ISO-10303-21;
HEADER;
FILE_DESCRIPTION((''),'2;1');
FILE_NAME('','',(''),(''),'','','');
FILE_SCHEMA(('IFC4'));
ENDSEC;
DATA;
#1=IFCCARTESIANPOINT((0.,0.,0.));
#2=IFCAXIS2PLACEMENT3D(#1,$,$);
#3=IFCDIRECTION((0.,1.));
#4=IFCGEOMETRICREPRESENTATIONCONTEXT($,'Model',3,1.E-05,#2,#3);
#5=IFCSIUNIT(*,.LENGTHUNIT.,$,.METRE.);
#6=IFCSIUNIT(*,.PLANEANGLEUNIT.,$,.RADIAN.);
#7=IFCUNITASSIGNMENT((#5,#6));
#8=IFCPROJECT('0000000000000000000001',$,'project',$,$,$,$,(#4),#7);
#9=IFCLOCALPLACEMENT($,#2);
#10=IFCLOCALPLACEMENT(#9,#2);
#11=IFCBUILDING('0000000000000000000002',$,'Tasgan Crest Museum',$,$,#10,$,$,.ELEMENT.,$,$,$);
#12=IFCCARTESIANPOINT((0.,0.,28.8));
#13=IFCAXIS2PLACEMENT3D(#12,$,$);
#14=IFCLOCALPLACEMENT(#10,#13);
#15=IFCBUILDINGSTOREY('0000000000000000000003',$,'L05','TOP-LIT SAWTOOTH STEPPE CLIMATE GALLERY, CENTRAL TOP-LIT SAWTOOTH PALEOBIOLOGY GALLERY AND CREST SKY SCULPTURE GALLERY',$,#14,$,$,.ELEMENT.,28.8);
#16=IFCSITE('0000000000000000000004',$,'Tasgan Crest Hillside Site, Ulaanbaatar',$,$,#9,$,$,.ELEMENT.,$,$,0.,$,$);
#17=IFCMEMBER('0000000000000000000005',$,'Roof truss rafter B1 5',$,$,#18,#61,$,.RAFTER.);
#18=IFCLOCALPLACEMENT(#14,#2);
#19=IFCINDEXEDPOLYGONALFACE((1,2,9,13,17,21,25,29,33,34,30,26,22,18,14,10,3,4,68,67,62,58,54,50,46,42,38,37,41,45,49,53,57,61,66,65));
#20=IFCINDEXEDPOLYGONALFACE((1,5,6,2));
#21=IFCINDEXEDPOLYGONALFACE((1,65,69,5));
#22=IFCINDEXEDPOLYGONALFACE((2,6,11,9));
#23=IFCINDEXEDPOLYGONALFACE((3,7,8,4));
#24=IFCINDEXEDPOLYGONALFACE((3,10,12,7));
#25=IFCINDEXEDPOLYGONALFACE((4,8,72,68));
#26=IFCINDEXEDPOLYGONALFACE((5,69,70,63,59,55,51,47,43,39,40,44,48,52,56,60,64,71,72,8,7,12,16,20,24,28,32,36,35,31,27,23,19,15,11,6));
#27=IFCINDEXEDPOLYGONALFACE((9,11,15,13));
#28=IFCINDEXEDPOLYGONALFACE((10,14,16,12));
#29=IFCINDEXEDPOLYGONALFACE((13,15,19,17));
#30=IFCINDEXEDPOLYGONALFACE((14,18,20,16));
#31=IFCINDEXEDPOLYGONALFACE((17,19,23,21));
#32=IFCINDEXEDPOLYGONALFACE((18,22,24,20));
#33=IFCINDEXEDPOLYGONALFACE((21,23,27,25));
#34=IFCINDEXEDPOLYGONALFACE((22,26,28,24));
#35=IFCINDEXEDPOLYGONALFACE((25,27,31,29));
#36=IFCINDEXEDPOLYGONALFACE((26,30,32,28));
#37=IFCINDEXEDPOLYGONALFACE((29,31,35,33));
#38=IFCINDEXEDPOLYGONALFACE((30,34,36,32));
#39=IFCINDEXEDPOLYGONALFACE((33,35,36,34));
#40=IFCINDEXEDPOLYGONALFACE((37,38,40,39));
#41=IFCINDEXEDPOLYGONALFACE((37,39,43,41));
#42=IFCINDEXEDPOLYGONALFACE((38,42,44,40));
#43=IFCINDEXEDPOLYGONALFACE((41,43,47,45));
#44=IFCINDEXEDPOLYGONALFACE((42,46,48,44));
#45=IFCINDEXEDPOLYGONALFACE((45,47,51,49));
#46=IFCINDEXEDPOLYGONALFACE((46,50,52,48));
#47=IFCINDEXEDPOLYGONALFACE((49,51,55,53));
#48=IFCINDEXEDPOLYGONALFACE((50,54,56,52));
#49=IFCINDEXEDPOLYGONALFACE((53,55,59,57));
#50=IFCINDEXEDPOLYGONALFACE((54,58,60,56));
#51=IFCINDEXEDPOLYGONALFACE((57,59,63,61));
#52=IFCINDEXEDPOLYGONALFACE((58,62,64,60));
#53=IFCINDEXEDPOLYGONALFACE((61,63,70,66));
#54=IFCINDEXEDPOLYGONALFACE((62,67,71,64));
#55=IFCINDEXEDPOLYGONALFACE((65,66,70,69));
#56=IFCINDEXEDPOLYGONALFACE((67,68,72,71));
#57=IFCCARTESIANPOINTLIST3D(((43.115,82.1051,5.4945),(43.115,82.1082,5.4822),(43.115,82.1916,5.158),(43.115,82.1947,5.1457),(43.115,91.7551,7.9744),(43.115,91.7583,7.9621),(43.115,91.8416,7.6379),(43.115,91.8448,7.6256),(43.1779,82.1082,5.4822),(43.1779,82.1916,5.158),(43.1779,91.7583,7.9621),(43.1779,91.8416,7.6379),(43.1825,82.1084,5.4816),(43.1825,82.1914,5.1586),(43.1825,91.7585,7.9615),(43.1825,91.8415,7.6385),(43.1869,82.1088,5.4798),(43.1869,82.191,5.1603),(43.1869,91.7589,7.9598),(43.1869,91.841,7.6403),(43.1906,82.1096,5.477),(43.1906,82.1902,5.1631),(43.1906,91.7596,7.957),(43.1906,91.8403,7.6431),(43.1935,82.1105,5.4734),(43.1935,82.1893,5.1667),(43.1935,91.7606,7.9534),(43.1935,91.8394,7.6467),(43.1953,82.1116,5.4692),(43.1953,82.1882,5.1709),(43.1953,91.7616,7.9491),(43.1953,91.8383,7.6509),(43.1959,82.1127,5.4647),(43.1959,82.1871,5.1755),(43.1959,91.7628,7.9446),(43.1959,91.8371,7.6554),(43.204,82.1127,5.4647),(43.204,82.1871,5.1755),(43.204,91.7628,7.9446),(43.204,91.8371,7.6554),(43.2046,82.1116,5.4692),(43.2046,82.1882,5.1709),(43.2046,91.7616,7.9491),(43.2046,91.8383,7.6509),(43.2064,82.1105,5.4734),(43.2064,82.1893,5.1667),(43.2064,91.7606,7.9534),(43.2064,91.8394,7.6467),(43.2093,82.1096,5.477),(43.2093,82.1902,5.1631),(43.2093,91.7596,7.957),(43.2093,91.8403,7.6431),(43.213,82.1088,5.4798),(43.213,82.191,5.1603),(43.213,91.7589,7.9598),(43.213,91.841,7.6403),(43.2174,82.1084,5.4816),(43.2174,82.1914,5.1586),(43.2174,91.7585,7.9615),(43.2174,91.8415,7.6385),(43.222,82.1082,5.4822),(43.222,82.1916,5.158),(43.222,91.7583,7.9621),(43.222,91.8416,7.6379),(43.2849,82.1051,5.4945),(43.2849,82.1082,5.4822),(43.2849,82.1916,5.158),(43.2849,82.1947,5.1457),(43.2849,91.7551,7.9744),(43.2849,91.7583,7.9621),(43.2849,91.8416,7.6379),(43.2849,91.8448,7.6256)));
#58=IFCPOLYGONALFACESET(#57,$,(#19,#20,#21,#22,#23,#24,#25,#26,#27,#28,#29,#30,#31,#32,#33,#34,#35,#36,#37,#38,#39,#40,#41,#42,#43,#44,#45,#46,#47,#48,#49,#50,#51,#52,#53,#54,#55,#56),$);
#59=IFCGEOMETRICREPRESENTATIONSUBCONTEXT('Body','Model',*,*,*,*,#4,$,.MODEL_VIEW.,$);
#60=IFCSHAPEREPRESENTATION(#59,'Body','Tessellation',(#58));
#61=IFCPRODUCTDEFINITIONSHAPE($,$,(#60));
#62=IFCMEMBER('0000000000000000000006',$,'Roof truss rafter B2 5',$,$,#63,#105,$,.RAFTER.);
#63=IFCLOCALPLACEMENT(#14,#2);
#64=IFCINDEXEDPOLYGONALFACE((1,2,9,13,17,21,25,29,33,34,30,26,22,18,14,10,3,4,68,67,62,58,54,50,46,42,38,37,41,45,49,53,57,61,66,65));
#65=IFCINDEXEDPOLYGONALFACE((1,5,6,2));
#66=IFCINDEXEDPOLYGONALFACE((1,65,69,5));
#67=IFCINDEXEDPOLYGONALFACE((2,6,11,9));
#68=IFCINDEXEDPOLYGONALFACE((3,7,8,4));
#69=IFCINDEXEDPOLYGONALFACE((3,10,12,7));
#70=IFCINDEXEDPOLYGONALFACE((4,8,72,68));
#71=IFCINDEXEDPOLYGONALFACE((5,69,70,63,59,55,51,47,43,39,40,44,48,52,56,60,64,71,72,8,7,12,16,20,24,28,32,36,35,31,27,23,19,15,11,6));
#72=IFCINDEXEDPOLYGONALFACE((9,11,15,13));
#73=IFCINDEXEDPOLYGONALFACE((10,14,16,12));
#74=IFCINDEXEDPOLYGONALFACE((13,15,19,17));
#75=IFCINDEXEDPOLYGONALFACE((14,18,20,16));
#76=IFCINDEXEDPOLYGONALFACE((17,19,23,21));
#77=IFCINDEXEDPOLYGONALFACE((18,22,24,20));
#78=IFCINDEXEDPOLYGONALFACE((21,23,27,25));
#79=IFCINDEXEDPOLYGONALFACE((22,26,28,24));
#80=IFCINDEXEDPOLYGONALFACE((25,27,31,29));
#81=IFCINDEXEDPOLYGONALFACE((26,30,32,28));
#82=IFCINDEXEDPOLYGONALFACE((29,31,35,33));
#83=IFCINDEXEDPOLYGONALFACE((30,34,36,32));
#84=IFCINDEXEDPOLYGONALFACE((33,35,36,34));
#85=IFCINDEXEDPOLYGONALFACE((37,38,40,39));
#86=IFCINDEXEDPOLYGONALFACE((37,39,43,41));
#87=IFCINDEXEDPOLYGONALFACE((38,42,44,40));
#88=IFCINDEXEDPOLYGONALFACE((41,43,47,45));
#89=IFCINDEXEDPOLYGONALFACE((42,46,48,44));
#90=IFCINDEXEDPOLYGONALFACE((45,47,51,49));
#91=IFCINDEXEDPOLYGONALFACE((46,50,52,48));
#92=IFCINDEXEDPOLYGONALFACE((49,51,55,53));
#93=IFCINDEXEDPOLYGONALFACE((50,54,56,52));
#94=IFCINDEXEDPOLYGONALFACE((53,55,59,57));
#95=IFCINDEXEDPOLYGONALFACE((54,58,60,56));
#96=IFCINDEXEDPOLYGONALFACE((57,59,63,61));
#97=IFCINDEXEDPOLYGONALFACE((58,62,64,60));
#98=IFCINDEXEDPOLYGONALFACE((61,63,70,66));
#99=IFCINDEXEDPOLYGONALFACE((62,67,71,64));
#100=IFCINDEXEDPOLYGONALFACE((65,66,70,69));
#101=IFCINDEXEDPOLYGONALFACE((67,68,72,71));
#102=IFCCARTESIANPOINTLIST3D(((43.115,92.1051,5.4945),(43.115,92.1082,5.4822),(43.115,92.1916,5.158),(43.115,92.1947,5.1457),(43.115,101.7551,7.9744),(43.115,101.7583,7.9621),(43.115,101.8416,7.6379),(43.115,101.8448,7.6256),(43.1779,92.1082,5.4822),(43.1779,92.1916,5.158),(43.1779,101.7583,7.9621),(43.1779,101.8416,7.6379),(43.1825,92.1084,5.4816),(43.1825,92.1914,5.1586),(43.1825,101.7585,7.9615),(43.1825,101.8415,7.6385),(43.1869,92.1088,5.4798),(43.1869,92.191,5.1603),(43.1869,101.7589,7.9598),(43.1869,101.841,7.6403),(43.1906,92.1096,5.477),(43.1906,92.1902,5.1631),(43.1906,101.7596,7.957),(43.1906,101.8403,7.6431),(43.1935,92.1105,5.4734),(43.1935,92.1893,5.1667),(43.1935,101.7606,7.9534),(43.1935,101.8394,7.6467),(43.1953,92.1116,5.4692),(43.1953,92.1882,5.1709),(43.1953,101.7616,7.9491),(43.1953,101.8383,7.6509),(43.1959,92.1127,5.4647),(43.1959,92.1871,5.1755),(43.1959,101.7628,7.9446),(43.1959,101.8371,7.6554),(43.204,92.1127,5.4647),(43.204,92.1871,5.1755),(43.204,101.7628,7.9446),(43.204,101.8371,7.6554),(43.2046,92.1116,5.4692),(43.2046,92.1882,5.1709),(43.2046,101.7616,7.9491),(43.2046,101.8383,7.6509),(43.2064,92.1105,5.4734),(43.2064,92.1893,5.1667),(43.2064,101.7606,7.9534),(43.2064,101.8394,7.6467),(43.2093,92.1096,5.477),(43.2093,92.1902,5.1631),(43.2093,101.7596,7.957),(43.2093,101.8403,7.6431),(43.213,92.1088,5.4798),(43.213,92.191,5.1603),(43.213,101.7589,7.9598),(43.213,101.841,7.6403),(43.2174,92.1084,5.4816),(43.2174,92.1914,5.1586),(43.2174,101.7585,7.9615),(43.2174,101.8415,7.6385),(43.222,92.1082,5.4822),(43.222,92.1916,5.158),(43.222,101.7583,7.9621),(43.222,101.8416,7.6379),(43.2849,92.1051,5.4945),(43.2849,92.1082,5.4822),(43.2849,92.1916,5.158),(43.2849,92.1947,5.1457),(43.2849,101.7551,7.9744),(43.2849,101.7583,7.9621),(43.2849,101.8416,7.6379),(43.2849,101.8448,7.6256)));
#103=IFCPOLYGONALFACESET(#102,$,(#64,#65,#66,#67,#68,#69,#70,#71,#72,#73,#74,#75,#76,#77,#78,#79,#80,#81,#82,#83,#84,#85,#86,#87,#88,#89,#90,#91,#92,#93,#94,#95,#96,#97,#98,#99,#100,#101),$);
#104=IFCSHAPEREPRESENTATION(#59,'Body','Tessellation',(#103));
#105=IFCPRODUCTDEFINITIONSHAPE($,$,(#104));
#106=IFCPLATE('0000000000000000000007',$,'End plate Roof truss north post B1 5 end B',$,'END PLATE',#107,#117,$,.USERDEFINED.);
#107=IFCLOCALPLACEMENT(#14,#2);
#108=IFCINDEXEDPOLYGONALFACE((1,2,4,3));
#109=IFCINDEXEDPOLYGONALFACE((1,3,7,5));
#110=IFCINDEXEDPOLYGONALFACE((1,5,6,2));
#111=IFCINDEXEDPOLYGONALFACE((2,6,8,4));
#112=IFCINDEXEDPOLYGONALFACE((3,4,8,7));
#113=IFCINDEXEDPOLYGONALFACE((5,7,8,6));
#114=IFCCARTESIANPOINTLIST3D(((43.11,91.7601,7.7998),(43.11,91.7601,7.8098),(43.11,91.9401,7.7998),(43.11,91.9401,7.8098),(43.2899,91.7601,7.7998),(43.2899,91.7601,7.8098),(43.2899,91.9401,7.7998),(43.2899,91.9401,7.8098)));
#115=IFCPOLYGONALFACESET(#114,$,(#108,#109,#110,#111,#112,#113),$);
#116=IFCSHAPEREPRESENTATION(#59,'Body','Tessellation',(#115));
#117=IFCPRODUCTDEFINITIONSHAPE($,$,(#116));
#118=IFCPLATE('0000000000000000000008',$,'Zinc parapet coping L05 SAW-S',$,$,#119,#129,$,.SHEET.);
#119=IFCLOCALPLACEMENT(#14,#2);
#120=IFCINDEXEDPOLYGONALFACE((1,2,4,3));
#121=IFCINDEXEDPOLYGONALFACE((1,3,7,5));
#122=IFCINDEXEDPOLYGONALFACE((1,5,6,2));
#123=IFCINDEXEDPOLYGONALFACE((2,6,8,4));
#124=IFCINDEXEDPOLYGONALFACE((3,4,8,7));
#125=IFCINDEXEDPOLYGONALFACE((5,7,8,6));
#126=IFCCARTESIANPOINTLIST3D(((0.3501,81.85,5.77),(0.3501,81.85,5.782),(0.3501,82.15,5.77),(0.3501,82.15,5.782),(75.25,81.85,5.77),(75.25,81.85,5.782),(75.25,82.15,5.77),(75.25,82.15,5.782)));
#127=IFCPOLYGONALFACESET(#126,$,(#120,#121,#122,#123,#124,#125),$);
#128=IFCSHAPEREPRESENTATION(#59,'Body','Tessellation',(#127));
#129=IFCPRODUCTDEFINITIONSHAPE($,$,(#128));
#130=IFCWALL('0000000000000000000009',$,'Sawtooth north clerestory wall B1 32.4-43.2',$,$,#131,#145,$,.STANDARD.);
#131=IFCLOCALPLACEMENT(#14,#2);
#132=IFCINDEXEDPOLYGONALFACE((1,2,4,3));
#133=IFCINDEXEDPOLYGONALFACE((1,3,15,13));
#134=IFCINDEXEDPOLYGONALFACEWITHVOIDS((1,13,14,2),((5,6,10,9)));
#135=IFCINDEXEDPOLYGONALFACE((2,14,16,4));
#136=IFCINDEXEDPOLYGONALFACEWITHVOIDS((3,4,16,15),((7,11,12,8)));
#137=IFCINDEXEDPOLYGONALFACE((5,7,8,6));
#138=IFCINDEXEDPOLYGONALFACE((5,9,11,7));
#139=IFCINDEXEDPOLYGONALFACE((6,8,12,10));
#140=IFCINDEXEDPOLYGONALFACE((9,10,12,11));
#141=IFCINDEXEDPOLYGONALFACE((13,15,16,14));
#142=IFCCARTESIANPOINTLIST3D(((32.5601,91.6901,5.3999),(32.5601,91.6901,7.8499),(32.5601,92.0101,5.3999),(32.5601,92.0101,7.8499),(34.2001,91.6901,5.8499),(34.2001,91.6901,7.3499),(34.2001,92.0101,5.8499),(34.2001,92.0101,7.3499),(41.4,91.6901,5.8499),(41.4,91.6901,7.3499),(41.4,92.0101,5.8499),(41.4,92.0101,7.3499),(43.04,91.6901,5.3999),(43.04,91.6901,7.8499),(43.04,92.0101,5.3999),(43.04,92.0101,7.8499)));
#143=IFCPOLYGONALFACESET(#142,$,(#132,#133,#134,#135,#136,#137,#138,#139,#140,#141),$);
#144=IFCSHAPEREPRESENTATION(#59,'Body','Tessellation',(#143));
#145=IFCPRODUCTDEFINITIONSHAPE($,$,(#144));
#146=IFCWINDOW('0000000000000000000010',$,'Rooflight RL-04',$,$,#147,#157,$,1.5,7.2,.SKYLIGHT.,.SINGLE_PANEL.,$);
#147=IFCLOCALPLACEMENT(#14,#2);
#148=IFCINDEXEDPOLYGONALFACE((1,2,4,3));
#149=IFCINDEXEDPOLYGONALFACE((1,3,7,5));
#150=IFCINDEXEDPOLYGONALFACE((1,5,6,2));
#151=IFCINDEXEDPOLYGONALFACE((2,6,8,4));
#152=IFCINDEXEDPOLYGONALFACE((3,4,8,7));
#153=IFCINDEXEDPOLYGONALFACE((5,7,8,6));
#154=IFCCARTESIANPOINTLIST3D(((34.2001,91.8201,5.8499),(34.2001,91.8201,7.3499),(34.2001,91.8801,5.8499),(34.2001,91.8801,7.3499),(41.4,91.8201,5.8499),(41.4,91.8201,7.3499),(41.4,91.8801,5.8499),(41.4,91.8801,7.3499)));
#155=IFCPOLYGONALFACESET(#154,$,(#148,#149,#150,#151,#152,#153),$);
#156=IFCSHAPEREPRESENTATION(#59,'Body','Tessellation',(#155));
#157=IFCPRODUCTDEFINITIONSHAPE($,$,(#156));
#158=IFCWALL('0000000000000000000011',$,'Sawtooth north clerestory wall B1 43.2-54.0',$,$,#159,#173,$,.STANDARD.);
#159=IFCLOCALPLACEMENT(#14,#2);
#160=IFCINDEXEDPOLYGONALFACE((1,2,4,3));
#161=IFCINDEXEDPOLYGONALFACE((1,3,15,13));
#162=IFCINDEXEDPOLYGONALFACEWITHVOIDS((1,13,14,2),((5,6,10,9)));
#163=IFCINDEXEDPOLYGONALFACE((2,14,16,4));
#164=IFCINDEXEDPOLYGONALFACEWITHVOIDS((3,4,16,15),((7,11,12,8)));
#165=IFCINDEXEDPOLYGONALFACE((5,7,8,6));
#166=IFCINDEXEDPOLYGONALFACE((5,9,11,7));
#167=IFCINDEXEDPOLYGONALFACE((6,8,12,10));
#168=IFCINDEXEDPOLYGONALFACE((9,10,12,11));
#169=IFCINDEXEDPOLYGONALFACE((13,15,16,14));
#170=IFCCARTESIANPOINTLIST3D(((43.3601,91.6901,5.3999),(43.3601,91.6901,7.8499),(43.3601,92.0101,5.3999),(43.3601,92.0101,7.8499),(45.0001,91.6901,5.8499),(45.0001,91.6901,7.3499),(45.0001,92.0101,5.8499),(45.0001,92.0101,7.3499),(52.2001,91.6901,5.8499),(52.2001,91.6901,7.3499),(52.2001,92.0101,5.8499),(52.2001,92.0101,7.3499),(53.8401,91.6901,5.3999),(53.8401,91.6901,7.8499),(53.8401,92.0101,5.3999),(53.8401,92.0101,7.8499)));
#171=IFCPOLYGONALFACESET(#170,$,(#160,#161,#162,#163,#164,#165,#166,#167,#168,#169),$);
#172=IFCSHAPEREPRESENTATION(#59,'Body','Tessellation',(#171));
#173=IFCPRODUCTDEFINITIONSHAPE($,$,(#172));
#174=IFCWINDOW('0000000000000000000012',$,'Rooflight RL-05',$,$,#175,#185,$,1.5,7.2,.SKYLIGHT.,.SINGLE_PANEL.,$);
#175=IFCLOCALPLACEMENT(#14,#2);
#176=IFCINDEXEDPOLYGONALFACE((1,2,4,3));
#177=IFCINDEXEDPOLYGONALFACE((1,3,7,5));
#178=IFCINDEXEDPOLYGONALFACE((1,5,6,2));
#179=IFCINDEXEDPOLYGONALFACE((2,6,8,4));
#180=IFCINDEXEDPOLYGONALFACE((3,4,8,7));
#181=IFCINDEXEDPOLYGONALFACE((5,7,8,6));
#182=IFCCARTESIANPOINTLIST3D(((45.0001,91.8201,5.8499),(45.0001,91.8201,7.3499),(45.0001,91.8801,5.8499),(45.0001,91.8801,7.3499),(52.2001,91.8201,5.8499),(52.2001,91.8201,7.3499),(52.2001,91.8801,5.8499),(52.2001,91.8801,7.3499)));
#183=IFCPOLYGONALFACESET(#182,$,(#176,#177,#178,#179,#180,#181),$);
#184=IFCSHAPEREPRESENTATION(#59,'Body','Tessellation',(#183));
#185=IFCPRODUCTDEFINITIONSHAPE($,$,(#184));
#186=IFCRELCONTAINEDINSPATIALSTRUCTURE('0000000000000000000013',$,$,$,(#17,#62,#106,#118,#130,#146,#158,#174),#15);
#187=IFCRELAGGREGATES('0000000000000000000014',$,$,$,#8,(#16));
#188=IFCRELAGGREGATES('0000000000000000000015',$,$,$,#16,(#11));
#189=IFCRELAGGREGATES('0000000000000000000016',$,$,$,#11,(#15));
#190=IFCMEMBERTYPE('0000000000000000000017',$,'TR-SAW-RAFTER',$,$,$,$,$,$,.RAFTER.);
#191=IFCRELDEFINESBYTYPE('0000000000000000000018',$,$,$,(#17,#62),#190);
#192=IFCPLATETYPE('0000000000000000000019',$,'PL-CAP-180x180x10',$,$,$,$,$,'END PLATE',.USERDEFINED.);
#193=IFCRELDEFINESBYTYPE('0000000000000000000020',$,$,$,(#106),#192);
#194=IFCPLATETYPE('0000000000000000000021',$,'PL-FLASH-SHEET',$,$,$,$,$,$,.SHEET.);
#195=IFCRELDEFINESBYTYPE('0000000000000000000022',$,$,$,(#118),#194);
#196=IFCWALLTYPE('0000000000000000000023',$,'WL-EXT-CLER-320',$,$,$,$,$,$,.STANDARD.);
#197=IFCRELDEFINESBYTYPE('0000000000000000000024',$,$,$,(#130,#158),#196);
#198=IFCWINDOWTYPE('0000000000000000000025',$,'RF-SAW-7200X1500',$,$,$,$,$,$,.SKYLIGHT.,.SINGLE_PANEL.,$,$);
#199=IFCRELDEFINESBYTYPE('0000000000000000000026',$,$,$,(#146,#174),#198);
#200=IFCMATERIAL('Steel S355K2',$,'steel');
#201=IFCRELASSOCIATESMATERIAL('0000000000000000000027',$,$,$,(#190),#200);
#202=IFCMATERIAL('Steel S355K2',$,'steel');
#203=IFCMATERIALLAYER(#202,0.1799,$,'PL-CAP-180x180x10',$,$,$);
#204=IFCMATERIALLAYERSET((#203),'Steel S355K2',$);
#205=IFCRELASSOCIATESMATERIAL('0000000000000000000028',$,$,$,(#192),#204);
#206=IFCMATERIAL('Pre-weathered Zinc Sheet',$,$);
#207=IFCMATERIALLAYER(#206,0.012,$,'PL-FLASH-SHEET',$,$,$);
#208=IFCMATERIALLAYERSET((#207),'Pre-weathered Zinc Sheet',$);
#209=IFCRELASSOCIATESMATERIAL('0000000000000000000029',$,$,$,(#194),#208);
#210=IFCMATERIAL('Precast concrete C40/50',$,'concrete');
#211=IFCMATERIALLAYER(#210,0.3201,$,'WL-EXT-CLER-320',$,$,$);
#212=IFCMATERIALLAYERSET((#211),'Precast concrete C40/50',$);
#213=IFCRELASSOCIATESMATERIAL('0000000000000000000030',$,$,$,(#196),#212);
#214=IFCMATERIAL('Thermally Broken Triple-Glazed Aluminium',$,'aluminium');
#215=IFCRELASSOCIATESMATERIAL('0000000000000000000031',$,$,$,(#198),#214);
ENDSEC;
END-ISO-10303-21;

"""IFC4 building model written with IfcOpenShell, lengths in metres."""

from ifc_helpers import new_model, si_unit, direction, frame, frame_2d, origin, origin_2d, place, context, subcontext, project, spatial, rectangle, i_section, extrude, material, layer, layer_set, material_profile, profile_set, type_object, element, fill, save


model = new_model("IFC4")

# Units and contexts
model_context = context("Model", 3, precision=1e-05, world=origin(), true_north=direction((0.0, 1.0)))
body_context = subcontext(model_context, "Body", "Model", "MODEL_VIEW")
ifc_project = project(units=[si_unit("LENGTHUNIT", "METRE"), si_unit("PLANEANGLEUNIT", "RADIAN")], contexts=[model_context])

# Site, building, storey
site_placement = place(None, origin())
site = spatial("IfcSite", under=ifc_project, at=site_placement, Name="Tasgan Crest Hillside Site, Ulaanbaatar", CompositionType="ELEMENT", RefElevation=0.0)
building_placement = place(site_placement, origin())
building = spatial("IfcBuilding", under=site, at=building_placement, Name="Tasgan Crest Museum", CompositionType="ELEMENT")
storey_placement = place(building_placement, frame((0.0, 0.0, 28.8)))
storey = spatial("IfcBuildingStorey", under=building, at=storey_placement, Name="L05", Description="TOP-LIT SAWTOOTH STEPPE CLIMATE GALLERY, CENTRAL TOP-LIT SAWTOOTH PALEOBIOLOGY GALLERY AND CREST SKY SCULPTURE GALLERY", CompositionType="ELEMENT", Elevation=28.8)

# Members
ifc_material_1 = material(Name="Steel S355K2", Category="steel")
ifc_material_profile_1 = material_profile(ifc_material_1, i_section(OverallWidth=0.1699, OverallDepth=0.3601, WebThickness=0.0081, FlangeThickness=0.0127, FilletRadius=0.0181, at=origin_2d()), Name="IPE 360")
ifc_profile_set_1 = profile_set([ifc_material_profile_1], Name="Steel S355K2")
member_type_1 = type_object("IfcMemberType", Name="TR-SAW-RAFTER", PredefinedType="RAFTER", material=ifc_profile_set_1)
for number, where, z_axis, x_axis, name in (
    (1, (43.2, 82.1499, 5.3201), (0.0, 0.968529, 0.248901), (-1.0, 0.0, 0.0), "Roof truss rafter B1 5"),
    (2, (43.2, 92.1499, 5.3201), (0.0, 0.968529, 0.248901), (-1.0, 0.0, 0.0), "Roof truss rafter B2 5"),
):
    element("IfcMember", number, at=place(storey_placement, frame(where, z_axis=z_axis, x_axis=x_axis)), inside=storey, type_object=member_type_1, Name=name, PredefinedType="RAFTER", context=body_context, shape_type="SweptSolid", body=[
        extrude(i_section(OverallWidth=0.1699, OverallDepth=0.3601, WebThickness=0.0081, FlangeThickness=0.0127, FilletRadius=0.0181, at=origin_2d()), origin(), (0.0, 0.0, 1.0), 9.9636),
    ])

# Plates
ifc_material_2 = material(Name="Steel S355K2", Category="steel")
ifc_layer_1 = layer(ifc_material_2, 0.1799, Name="PL-CAP-180x180x10")
ifc_layer_set_1 = layer_set([ifc_layer_1], Name="Steel S355K2")
plate_type_1 = type_object("IfcPlateType", Name="PL-CAP-180x180x10", ElementType="END PLATE", PredefinedType="USERDEFINED", material=ifc_layer_set_1)
plate_1_placement = place(storey_placement, frame((43.2, 91.8501, 7.7998), z_axis=(0.0, 0.0, 1.0), x_axis=(1.0, 0.0, 0.0)))
element("IfcPlate", 3, at=plate_1_placement, inside=storey, type_object=plate_type_1, Name="End plate Roof truss north post B1 5 end B", ObjectType="END PLATE", PredefinedType="USERDEFINED", context=body_context, shape_type="SweptSolid", body=[
    extrude(rectangle(XDim=0.1799, YDim=0.1799, at=origin_2d()), origin(), (0.0, 0.0, 1.0), 0.01),
])
ifc_material_3 = material(Name="Pre-weathered Zinc Sheet")
ifc_layer_2 = layer(ifc_material_3, 0.012, Name="PL-FLASH-SHEET")
ifc_layer_set_2 = layer_set([ifc_layer_2], Name="Pre-weathered Zinc Sheet")
plate_type_2 = type_object("IfcPlateType", Name="PL-FLASH-SHEET", PredefinedType="SHEET", material=ifc_layer_set_2)
plate_2_placement = place(storey_placement, frame((37.8, 82.0, 5.77), z_axis=(0.0, 0.0, 1.0), x_axis=(1.0, 0.0, 0.0)))
element("IfcPlate", 4, at=plate_2_placement, inside=storey, type_object=plate_type_2, Name="Zinc parapet coping L05 SAW-S", PredefinedType="SHEET", context=body_context, shape_type="SweptSolid", body=[
    extrude(rectangle(XDim=74.8999, YDim=0.3, at=origin_2d()), origin(), (0.0, 0.0, 1.0), 0.012),
])

# Walls, openings, windows
ifc_material_4 = material(Name="Precast concrete C40/50", Category="concrete")
ifc_layer_3 = layer(ifc_material_4, 0.3201, Name="WL-EXT-CLER-320")
ifc_layer_set_3 = layer_set([ifc_layer_3], Name="Precast concrete C40/50")
wall_type_1 = type_object("IfcWallType", Name="WL-EXT-CLER-320", PredefinedType="STANDARD", material=ifc_layer_set_3)
wall_1_placement = place(storey_placement, frame((32.5601, 91.8501, 5.3999), z_axis=(0.0, 0.0, 1.0), x_axis=(1.0, 0.0, 0.0)))
wall_1 = element("IfcWall", 5, at=wall_1_placement, inside=storey, type_object=wall_type_1, Name="Sawtooth north clerestory wall B1 32.4-43.2", PredefinedType="STANDARD", context=body_context, shape_type="SweptSolid", body=[
    extrude(rectangle(XDim=10.48, YDim=0.3201, at=frame_2d((5.24, 0.0))), origin(), (0.0, 0.0, 1.0), 2.45),
])
opening_1_placement = place(wall_1_placement, frame((1.6399, 0.0, 0.45)))
opening_1 = element("IfcOpeningElement", 6, at=opening_1_placement, cuts=wall_1, PredefinedType="OPENING", context=body_context, shape_type="SweptSolid", body=[
    extrude(rectangle(XDim=7.2, YDim=1.5, at=frame_2d((3.6001, 0.75))), frame((0.0, 0.1699, 0.0), z_axis=(0.0, -1.0, 0.0), x_axis=(1.0, 0.0, 0.0)), (0.0, 0.0, 1.0), 0.3401),
])
ifc_material_5 = material(Name="Thermally Broken Triple-Glazed Aluminium", Category="aluminium")
window_type = type_object("IfcWindowType", Name="RF-SAW-7200X1500", PartitioningType="SINGLE_PANEL", PredefinedType="SKYLIGHT", material=ifc_material_5)
window_1_placement = place(opening_1_placement, origin())
window_1 = element("IfcWindow", 7, at=window_1_placement, inside=storey, type_object=window_type, Name="Rooflight RL-04", OverallHeight=1.5, OverallWidth=7.2, PartitioningType="SINGLE_PANEL", PredefinedType="SKYLIGHT", context=body_context, shape_type="SweptSolid", body=[
    extrude(rectangle(XDim=7.2, YDim=1.5, at=frame_2d((3.6001, 0.75))), frame((0.0, 0.03, 0.0), z_axis=(0.0, -1.0, 0.0), x_axis=(1.0, 0.0, 0.0)), (0.0, 0.0, 1.0), 0.0601),
])
fill(opening_1, window_1)
wall_2_placement = place(storey_placement, frame((43.3601, 91.8501, 5.3999), z_axis=(0.0, 0.0, 1.0), x_axis=(1.0, 0.0, 0.0)))
wall_2 = element("IfcWall", 8, at=wall_2_placement, inside=storey, type_object=wall_type_1, Name="Sawtooth north clerestory wall B1 43.2-54.0", PredefinedType="STANDARD", context=body_context, shape_type="SweptSolid", body=[
    extrude(rectangle(XDim=10.48, YDim=0.3201, at=frame_2d((5.24, 0.0))), origin(), (0.0, 0.0, 1.0), 2.45),
])
opening_2_placement = place(wall_2_placement, frame((1.6399, 0.0, 0.45)))
opening_2 = element("IfcOpeningElement", 9, at=opening_2_placement, cuts=wall_2, PredefinedType="OPENING", context=body_context, shape_type="SweptSolid", body=[
    extrude(rectangle(XDim=7.2, YDim=1.5, at=frame_2d((3.6001, 0.75))), frame((0.0, 0.1699, 0.0), z_axis=(0.0, -1.0, 0.0), x_axis=(1.0, 0.0, 0.0)), (0.0, 0.0, 1.0), 0.3401),
])
window_2_placement = place(opening_2_placement, origin())
window_2 = element("IfcWindow", 10, at=window_2_placement, inside=storey, type_object=window_type, Name="Rooflight RL-05", OverallHeight=1.5, OverallWidth=7.2, PartitioningType="SINGLE_PANEL", PredefinedType="SKYLIGHT", context=body_context, shape_type="SweptSolid", body=[
    extrude(rectangle(XDim=7.2, YDim=1.5, at=frame_2d((3.6001, 0.75))), frame((0.0, 0.03, 0.0), z_axis=(0.0, -1.0, 0.0), x_axis=(1.0, 0.0, 0.0)), (0.0, 0.0, 1.0), 0.0601),
])
fill(opening_2, window_2)

save(model, "model.ifc")
